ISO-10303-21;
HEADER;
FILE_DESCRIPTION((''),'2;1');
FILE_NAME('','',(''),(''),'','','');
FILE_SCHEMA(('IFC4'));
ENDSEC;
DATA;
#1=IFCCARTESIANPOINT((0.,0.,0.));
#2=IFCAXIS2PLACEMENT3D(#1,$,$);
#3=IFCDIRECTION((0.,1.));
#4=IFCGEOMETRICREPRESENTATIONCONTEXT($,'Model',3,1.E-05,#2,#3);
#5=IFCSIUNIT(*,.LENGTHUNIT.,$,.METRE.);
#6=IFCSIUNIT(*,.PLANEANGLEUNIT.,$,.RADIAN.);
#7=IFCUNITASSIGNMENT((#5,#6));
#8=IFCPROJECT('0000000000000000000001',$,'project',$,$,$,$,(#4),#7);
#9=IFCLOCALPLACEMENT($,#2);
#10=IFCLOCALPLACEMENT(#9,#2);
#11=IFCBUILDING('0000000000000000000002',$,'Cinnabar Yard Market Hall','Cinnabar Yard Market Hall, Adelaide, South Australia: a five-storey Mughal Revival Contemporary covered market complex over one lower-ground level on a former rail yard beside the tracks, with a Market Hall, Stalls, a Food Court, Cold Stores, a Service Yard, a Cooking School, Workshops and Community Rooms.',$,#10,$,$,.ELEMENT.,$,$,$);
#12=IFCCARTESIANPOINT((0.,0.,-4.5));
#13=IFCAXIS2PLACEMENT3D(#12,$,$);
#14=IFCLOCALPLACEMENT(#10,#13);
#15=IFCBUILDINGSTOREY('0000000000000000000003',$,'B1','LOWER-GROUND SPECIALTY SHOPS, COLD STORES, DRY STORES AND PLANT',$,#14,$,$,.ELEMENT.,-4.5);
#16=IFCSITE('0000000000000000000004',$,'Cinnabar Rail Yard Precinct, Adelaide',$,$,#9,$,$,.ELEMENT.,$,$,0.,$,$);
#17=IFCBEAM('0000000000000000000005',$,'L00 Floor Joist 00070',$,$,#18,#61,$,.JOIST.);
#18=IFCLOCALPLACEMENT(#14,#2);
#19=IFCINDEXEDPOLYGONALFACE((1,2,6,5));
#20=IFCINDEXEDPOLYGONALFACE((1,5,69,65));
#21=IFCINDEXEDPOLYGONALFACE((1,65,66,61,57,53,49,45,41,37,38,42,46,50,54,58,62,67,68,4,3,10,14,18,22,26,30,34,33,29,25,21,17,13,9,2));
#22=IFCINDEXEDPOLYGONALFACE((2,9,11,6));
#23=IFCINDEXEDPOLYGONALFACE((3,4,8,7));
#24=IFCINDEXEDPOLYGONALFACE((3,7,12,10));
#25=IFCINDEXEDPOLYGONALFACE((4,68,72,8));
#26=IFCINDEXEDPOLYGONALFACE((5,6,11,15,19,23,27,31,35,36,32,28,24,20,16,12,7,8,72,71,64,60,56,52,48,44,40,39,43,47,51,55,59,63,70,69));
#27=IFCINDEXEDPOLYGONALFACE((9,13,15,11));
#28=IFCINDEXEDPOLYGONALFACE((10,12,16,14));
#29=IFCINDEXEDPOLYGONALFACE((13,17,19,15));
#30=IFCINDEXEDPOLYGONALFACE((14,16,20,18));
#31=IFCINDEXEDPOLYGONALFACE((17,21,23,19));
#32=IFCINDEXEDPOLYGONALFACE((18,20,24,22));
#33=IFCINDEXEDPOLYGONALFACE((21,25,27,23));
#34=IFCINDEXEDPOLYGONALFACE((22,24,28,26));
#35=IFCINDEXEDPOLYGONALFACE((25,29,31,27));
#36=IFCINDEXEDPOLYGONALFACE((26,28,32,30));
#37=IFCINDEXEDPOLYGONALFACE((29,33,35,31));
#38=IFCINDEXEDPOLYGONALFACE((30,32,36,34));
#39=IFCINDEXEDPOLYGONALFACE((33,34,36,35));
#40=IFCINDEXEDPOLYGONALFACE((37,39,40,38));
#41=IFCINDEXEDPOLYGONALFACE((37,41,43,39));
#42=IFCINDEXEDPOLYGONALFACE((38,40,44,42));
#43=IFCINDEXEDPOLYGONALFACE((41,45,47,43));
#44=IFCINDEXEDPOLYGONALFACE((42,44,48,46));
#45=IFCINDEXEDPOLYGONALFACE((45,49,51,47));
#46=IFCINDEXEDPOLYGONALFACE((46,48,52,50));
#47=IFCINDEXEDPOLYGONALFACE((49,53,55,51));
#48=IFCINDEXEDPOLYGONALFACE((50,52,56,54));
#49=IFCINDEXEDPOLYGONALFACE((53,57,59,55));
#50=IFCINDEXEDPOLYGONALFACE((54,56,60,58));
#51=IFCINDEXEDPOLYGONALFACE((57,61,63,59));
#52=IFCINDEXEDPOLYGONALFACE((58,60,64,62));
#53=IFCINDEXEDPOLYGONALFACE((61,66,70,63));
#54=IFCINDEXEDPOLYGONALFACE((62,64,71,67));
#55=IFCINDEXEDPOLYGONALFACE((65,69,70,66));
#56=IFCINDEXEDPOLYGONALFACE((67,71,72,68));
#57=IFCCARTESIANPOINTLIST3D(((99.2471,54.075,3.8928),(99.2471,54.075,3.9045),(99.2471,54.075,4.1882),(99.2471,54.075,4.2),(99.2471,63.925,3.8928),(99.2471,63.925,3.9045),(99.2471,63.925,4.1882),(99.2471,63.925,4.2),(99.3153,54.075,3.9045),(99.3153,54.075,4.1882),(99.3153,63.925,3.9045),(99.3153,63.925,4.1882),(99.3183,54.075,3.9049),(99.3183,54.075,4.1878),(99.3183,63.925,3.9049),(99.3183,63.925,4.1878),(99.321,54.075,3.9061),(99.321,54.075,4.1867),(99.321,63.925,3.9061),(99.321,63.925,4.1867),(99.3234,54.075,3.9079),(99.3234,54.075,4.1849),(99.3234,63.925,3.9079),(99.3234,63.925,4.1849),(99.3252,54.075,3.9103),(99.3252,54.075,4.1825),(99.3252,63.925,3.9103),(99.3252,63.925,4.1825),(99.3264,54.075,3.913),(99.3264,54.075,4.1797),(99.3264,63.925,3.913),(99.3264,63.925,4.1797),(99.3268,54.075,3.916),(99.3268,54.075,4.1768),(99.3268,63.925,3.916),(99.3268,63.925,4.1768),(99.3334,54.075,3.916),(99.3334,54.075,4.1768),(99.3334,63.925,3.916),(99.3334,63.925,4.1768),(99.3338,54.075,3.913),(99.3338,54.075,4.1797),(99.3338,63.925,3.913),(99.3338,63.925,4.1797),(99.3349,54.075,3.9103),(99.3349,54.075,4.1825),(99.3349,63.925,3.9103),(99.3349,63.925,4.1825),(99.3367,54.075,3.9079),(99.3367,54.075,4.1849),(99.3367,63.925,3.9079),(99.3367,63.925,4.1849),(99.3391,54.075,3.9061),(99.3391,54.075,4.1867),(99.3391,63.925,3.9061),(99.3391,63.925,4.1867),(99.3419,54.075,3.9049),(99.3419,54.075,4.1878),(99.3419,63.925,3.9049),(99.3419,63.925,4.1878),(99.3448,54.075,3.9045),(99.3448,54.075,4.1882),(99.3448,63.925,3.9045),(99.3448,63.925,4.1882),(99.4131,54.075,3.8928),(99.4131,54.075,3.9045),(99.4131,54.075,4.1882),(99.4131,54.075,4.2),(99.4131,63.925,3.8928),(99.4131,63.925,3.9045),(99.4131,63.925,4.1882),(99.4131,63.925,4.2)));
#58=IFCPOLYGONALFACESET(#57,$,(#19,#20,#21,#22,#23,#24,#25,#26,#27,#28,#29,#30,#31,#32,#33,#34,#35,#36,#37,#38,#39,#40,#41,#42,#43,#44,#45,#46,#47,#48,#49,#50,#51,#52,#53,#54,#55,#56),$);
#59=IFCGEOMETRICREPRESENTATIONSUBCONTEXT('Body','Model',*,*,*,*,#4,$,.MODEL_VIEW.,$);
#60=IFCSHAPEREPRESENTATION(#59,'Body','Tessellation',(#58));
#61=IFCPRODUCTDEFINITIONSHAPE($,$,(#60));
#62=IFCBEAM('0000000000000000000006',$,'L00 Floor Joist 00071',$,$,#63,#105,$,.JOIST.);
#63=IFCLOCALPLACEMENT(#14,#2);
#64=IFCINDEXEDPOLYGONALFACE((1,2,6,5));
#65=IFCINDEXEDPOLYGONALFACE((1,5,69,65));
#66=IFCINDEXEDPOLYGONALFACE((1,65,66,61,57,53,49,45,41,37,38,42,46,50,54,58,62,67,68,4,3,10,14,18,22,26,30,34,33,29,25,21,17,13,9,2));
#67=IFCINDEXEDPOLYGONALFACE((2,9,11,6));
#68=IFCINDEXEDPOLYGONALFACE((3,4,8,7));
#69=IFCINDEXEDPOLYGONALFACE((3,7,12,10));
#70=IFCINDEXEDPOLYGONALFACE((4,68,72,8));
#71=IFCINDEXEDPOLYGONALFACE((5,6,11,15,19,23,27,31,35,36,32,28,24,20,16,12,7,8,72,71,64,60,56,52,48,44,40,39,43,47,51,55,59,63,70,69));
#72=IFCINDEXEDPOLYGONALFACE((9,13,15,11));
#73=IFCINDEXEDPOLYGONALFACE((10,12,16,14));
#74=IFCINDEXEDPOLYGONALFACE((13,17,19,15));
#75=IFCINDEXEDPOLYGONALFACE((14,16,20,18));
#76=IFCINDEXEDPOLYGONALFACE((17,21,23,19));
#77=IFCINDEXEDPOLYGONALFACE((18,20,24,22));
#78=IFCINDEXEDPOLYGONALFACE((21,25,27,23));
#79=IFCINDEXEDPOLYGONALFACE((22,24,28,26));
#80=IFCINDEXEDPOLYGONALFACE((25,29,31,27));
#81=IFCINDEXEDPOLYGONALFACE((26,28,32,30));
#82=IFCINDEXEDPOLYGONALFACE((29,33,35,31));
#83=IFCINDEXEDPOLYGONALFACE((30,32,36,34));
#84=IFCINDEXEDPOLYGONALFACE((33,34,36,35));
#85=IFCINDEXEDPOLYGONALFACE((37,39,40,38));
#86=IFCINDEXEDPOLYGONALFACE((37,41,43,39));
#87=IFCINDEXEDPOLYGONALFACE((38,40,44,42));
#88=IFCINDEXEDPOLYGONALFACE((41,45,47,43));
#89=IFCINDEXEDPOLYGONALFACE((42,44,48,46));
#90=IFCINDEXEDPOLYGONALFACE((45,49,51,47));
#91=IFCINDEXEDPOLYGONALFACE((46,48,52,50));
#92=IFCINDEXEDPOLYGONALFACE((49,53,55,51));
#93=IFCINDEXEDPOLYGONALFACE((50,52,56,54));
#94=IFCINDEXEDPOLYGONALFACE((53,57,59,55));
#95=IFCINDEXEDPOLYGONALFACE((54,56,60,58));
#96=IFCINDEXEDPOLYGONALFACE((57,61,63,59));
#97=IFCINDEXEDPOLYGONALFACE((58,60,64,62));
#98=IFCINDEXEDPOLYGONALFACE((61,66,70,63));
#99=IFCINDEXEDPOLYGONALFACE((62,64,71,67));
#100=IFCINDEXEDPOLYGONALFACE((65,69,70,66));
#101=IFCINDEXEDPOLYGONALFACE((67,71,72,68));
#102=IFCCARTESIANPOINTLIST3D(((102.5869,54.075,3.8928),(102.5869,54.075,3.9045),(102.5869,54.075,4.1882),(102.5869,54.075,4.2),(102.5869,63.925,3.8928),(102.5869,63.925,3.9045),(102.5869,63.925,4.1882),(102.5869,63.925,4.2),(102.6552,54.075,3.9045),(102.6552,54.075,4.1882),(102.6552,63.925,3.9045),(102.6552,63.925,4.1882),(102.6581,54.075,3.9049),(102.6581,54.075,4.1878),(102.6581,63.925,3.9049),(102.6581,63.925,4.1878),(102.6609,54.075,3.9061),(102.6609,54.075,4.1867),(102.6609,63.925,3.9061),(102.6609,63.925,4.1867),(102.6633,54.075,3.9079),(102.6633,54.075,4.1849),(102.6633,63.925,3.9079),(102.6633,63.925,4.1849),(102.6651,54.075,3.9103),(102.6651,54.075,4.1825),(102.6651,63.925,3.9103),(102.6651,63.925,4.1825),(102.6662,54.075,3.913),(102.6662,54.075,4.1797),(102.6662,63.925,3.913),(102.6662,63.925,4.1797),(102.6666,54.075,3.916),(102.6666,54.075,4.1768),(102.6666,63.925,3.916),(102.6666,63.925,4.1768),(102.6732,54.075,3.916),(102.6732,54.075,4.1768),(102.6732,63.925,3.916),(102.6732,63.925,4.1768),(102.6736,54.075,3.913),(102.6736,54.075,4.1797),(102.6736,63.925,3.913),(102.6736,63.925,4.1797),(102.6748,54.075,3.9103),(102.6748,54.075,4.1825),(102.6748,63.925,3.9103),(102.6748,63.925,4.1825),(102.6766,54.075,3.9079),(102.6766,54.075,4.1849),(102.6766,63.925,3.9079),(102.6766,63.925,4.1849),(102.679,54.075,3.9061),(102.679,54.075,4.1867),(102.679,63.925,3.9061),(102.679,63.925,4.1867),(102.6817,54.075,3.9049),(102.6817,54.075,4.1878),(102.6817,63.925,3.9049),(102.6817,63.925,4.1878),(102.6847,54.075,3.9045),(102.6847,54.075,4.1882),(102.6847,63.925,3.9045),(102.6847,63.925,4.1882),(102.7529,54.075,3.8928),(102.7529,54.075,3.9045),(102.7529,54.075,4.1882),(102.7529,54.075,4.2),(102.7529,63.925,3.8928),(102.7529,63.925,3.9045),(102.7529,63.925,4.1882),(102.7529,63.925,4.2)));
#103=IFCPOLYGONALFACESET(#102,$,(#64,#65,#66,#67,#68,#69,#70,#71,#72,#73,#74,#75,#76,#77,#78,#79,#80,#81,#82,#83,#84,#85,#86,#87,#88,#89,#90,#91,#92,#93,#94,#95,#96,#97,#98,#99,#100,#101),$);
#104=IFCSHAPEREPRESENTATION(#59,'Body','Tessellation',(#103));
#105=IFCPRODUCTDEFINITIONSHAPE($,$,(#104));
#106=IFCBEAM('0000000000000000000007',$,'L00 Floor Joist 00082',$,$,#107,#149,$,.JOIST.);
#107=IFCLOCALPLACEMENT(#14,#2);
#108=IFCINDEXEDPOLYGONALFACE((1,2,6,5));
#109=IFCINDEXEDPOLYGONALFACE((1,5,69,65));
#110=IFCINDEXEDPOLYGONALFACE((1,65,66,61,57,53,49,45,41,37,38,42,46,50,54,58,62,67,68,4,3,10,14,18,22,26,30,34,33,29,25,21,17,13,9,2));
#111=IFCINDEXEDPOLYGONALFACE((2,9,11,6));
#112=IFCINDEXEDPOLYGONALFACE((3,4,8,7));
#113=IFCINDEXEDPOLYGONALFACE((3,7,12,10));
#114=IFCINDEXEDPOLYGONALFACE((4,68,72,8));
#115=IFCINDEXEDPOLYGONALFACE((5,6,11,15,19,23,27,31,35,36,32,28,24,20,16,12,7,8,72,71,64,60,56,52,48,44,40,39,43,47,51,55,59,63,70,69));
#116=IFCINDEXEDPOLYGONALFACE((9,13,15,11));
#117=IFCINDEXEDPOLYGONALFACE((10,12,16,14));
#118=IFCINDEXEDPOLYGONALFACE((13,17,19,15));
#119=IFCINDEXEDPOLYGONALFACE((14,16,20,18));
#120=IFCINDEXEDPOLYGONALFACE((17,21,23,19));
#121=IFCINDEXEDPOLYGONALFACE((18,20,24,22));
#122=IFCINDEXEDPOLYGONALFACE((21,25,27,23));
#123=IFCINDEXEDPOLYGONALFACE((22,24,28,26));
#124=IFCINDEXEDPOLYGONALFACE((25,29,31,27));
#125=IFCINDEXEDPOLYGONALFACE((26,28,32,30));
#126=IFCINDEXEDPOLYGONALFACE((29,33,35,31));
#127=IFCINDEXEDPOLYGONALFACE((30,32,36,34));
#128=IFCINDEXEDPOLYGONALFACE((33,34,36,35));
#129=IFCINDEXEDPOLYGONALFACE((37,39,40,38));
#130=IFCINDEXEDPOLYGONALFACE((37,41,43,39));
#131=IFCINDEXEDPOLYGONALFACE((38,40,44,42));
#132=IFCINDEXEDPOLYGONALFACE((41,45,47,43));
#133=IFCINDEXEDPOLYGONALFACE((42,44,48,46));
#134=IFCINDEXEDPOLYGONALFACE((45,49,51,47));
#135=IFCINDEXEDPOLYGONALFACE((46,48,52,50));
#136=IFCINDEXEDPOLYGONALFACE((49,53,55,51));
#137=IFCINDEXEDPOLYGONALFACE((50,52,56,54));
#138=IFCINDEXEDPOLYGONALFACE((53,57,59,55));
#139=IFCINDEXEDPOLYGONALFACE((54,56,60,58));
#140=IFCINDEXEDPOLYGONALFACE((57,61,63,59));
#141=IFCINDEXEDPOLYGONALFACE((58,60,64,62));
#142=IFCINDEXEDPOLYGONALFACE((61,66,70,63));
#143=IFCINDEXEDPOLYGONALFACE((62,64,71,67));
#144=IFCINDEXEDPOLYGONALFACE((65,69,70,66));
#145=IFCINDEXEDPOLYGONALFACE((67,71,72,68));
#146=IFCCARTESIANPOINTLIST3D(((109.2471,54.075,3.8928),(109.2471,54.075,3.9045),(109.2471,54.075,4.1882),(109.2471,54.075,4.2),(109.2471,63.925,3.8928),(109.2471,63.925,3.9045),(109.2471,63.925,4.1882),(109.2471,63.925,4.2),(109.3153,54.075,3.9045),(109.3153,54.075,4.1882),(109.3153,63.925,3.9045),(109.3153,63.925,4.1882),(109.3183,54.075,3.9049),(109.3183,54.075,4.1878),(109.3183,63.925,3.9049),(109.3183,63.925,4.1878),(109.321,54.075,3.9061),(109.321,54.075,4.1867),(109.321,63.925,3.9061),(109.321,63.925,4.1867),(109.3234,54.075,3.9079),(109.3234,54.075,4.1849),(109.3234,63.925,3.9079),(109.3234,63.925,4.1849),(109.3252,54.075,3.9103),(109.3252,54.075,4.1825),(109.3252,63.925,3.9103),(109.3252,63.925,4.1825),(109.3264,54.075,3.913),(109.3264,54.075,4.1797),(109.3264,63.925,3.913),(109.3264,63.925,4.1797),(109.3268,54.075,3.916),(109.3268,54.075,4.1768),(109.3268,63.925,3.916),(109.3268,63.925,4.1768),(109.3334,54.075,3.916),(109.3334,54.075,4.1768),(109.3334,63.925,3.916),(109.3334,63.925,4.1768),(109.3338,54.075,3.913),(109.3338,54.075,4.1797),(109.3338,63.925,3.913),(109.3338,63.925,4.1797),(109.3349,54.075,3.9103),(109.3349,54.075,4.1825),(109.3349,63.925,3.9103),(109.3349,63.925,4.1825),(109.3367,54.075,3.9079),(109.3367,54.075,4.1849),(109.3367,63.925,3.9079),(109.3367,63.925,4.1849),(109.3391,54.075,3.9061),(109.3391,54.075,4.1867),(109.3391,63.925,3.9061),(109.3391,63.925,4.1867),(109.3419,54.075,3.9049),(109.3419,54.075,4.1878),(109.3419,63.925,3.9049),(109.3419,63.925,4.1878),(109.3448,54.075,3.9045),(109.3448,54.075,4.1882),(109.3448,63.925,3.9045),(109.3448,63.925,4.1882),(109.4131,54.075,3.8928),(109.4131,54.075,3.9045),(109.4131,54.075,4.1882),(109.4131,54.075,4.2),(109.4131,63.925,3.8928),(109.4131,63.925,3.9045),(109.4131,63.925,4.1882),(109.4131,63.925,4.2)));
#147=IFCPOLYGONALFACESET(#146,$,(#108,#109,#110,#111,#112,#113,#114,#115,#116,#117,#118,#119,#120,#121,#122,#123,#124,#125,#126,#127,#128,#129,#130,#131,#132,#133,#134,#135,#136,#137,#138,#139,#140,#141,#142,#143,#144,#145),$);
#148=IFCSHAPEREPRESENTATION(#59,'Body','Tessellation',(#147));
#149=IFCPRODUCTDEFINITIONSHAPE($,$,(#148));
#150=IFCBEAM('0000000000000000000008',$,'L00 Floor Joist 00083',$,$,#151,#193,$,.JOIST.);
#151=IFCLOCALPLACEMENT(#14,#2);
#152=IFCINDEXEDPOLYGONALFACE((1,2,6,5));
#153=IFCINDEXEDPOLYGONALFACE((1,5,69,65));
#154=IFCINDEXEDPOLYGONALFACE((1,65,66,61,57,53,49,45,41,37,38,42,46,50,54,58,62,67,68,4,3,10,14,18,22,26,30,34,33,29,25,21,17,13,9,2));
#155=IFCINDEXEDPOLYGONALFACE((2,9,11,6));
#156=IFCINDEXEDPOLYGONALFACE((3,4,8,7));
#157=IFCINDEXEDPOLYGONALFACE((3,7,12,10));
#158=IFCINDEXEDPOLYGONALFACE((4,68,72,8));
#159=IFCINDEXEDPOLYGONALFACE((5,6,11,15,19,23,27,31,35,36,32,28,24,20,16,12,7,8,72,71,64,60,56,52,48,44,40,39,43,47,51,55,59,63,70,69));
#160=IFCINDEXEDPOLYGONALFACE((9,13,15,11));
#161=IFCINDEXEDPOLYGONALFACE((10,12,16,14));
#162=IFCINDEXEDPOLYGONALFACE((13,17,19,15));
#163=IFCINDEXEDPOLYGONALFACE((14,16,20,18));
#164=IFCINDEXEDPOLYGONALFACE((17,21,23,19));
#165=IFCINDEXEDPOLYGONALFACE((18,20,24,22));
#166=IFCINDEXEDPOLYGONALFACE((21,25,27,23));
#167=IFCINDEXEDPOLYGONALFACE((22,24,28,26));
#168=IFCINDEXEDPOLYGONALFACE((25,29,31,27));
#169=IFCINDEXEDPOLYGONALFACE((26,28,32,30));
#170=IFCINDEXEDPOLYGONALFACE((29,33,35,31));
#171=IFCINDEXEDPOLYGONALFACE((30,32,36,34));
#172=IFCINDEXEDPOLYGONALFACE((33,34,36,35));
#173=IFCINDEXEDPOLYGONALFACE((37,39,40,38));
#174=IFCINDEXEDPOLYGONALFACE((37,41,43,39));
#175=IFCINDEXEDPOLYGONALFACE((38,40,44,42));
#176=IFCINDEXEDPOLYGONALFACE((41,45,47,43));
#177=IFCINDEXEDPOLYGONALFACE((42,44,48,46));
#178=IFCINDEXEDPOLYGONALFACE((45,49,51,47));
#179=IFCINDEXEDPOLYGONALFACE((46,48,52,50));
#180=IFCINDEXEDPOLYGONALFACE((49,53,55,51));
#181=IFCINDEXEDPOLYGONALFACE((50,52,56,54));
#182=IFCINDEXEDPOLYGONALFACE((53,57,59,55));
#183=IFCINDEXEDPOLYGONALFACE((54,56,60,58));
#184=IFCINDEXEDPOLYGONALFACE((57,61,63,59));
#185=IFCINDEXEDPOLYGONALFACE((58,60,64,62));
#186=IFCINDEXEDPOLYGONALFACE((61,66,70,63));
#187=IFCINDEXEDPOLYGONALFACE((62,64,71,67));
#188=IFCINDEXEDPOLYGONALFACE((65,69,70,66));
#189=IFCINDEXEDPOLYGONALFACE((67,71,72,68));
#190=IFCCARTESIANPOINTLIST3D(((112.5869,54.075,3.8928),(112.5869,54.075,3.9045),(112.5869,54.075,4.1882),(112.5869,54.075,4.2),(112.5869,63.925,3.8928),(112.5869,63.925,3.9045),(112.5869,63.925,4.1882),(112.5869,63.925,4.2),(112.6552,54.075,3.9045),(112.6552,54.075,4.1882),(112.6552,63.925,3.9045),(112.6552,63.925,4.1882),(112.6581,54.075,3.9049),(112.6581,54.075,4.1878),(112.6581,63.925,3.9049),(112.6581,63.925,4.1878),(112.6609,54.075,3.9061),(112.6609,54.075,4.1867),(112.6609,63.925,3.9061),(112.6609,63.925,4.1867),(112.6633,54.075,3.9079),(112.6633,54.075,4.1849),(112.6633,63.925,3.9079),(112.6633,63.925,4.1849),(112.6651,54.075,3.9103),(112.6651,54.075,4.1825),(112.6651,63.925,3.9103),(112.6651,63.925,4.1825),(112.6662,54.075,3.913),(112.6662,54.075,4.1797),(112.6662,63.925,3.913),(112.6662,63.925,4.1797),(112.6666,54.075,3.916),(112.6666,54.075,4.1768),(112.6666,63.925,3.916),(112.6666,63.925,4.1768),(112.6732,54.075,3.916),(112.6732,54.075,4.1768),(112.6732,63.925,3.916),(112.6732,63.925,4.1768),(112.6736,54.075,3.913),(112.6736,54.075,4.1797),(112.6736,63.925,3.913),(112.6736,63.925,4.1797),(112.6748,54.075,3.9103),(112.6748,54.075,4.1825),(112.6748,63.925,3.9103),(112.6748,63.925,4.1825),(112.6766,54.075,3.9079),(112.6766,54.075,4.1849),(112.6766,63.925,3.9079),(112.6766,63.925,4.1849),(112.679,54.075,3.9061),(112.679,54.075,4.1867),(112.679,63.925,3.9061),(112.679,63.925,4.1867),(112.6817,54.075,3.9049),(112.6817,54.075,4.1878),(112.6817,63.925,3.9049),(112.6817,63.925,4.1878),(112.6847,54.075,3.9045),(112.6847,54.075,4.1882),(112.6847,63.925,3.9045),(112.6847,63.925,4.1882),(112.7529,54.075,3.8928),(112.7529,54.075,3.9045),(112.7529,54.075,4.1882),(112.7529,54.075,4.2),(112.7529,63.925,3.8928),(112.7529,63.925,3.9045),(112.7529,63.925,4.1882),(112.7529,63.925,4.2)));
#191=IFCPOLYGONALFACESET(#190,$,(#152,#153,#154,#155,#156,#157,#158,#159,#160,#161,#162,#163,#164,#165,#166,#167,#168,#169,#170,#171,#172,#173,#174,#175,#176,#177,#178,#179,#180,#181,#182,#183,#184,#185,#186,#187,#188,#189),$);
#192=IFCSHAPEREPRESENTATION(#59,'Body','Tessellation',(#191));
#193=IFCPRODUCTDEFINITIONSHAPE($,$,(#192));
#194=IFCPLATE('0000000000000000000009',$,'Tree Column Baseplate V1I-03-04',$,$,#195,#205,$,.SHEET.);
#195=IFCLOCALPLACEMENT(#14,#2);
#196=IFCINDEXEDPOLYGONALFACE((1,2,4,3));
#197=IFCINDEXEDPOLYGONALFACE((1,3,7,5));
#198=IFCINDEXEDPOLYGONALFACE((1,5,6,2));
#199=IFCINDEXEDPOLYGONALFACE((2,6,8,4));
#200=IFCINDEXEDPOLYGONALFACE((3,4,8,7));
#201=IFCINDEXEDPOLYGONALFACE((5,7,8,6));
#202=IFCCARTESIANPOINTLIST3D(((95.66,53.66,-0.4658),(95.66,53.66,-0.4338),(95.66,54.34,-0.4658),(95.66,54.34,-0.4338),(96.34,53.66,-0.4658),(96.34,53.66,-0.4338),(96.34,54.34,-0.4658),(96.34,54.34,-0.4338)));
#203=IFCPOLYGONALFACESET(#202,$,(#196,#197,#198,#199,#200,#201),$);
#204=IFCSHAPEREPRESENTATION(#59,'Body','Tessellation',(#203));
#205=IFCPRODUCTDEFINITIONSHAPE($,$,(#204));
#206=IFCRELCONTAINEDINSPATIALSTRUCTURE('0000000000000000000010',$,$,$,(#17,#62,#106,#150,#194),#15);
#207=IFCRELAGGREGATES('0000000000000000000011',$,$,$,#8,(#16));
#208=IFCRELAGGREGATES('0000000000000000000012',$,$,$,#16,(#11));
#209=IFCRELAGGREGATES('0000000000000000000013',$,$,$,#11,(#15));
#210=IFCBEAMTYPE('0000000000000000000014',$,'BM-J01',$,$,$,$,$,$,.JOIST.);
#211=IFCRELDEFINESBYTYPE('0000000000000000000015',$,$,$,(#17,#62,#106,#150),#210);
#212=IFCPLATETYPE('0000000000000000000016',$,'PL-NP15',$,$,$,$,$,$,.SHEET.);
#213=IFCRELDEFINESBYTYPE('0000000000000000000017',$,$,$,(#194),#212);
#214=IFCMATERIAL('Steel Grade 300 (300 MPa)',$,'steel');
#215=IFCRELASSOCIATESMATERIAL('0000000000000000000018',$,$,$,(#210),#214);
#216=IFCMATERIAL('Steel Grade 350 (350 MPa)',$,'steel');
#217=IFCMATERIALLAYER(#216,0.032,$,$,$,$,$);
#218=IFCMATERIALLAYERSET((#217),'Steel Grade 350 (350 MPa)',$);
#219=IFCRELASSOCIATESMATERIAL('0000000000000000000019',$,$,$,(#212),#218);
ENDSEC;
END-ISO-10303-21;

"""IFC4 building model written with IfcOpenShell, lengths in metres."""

from ifc_helpers import new_model, si_unit, direction, frame, origin, origin_2d_with_axis, place, context, subcontext, project, spatial, rectangle, i_section, extrude, material, layer, layer_set, material_profile, profile_set, type_object, element, save


model = new_model("IFC4")

# Units and contexts
model_context = context("Model", 3, precision=1e-05, world=origin(), true_north=direction((0.0, 1.0)))
body_context = subcontext(model_context, "Body", "Model", "MODEL_VIEW")
ifc_project = project(units=[si_unit("LENGTHUNIT", "METRE"), si_unit("PLANEANGLEUNIT", "RADIAN")], contexts=[model_context])

# Site, building, storey
site_placement = place(None, origin())
site = spatial("IfcSite", under=ifc_project, at=site_placement, Name="Cinnabar Rail Yard Precinct, Adelaide", CompositionType="ELEMENT", RefElevation=0.0)
building_placement = place(site_placement, origin())
building = spatial("IfcBuilding", under=site, at=building_placement, Name="Cinnabar Yard Market Hall", Description="Cinnabar Yard Market Hall, Adelaide, South Australia: a five-storey Mughal Revival Contemporary covered market complex over one lower-ground level on a former rail yard beside the tracks, with a Market Hall, Stalls, a Food Court, Cold Stores, a Service Yard, a Cooking School, Workshops and Community Rooms.", CompositionType="ELEMENT")
storey_placement = place(building_placement, frame((0.0, 0.0, -4.5)))
storey = spatial("IfcBuildingStorey", under=building, at=storey_placement, Name="B1", Description="LOWER-GROUND SPECIALTY SHOPS, COLD STORES, DRY STORES AND PLANT", CompositionType="ELEMENT", Elevation=-4.5)

# Beams
ifc_material_1 = material(Name="Steel Grade 300 (300 MPa)", Category="steel")
ifc_material_profile_1 = material_profile(ifc_material_1, i_section(OverallWidth=0.166, OverallDepth=0.3071, WebThickness=0.0066, FlangeThickness=0.0117, FilletRadius=0.0115, at=origin_2d_with_axis()), Name="310UB46.2")
ifc_profile_set_1 = profile_set([ifc_material_profile_1], Name="Steel Grade 300 (300 MPa)")
beam_type_1 = type_object("IfcBeamType", Name="BM-J01", PredefinedType="JOIST", material=ifc_profile_set_1)
for number, where, z_axis, x_axis, name in (
    (1, (99.3301, 54.075, 4.0464), (0.0, 1.0, 0.0), (-1.0, 0.0, 0.0), "L00 Floor Joist 00070"),
    (2, (102.6699, 54.075, 4.0464), (0.0, 1.0, 0.0), (-1.0, 0.0, 0.0), "L00 Floor Joist 00071"),
    (3, (109.3301, 54.075, 4.0464), (0.0, 1.0, 0.0), (-1.0, 0.0, 0.0), "L00 Floor Joist 00082"),
    (4, (112.6699, 54.075, 4.0464), (0.0, 1.0, 0.0), (-1.0, 0.0, 0.0), "L00 Floor Joist 00083"),
):
    element("IfcBeam", number, at=place(storey_placement, frame(where, z_axis=z_axis, x_axis=x_axis)), inside=storey, type_object=beam_type_1, Name=name, PredefinedType="JOIST", context=body_context, shape_type="SweptSolid", body=[
        extrude(i_section(OverallWidth=0.166, OverallDepth=0.3071, WebThickness=0.0066, FlangeThickness=0.0117, FilletRadius=0.0115, at=origin_2d_with_axis()), origin(), (0.0, 0.0, 1.0), 9.8501),
    ])

# Plate
ifc_material_2 = material(Name="Steel Grade 350 (350 MPa)", Category="steel")
ifc_layer_1 = layer(ifc_material_2, 0.032)
ifc_layer_set_1 = layer_set([ifc_layer_1], Name="Steel Grade 350 (350 MPa)")
plate_type = type_object("IfcPlateType", Name="PL-NP15", PredefinedType="SHEET", material=ifc_layer_set_1)
for number, where, z_axis, x_axis, name in (
    (5, (96.0, 54.0, -0.4658), (0.0, 0.0, 1.0), (1.0, 0.0, 0.0), "Tree Column Baseplate V1I-03-04"),
):
    element("IfcPlate", number, at=place(storey_placement, frame(where, z_axis=z_axis, x_axis=x_axis)), inside=storey, type_object=plate_type, Name=name, PredefinedType="SHEET", context=body_context, shape_type="SweptSolid", body=[
        extrude(rectangle(XDim=0.6799, YDim=0.6799, at=origin_2d_with_axis()), origin(), (0.0, 0.0, 1.0), 0.032),
    ])

save(model, "model.ifc")
